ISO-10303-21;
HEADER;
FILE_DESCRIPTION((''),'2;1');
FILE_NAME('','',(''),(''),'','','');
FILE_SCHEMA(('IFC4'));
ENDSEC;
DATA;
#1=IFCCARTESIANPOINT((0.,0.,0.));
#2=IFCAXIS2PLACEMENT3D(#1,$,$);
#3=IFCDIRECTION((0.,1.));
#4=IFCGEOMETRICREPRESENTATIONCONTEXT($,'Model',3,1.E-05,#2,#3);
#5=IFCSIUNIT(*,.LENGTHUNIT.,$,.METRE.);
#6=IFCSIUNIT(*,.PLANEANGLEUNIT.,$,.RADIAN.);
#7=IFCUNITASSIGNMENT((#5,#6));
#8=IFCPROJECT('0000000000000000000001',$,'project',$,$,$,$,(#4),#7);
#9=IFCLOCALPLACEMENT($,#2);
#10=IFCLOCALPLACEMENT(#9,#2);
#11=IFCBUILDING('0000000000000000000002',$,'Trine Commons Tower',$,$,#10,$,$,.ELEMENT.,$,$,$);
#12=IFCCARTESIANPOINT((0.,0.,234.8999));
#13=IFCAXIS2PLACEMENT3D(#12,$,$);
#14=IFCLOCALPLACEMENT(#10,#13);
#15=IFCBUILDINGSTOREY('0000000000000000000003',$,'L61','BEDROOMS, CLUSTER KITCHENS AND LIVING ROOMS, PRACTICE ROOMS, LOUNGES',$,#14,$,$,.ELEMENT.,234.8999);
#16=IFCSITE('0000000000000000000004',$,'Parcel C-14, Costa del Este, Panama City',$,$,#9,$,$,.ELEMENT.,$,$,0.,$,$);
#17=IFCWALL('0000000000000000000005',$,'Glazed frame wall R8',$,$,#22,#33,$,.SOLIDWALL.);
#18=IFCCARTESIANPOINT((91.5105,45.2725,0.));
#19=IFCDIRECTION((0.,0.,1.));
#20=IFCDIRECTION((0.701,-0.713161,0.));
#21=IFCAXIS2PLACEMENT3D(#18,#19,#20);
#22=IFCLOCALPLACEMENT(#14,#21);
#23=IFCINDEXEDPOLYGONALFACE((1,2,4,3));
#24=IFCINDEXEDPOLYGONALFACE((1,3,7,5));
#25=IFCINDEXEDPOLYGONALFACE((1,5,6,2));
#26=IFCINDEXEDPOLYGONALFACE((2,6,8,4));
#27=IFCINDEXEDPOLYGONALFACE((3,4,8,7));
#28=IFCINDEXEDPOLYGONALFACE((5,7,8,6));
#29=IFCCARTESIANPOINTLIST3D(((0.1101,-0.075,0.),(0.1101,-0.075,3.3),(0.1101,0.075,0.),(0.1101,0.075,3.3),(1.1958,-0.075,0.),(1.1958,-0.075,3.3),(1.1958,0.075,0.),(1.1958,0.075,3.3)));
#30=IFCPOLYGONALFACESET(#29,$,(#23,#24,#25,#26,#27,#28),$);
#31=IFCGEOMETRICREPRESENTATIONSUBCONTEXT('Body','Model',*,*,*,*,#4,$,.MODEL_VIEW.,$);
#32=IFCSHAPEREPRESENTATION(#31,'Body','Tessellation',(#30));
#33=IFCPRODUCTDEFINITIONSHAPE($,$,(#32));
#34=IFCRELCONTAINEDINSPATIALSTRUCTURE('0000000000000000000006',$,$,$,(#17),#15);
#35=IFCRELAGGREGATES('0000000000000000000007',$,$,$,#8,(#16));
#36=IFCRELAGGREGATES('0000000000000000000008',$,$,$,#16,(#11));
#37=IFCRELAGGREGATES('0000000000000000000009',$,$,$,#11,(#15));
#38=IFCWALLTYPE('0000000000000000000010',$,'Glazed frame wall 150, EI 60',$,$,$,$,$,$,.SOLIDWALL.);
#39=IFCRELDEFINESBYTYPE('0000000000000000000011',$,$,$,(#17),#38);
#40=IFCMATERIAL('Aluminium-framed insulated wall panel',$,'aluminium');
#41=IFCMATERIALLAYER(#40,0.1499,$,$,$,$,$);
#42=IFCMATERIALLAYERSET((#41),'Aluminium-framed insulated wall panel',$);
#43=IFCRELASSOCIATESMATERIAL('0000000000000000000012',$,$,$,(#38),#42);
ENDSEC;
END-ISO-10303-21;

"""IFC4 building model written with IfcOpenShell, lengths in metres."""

from ifc_helpers import new_model, si_unit, direction, frame, origin, place, context, subcontext, project, spatial, polyline, outline, extrude, material, layer, layer_set, type_object, element, save


model = new_model("IFC4")

# Units and contexts
model_context = context("Model", 3, precision=1e-05, world=origin(), true_north=direction((0.0, 1.0)))
body_context = subcontext(model_context, "Body", "Model", "MODEL_VIEW")
ifc_project = project(units=[si_unit("LENGTHUNIT", "METRE"), si_unit("PLANEANGLEUNIT", "RADIAN")], contexts=[model_context])

# Site, building, storey
site_placement = place(None, origin())
site = spatial("IfcSite", under=ifc_project, at=site_placement, Name="Parcel C-14, Costa del Este, Panama City", CompositionType="ELEMENT", RefElevation=0.0)
building_placement = place(site_placement, origin())
building = spatial("IfcBuilding", under=site, at=building_placement, Name="Trine Commons Tower", CompositionType="ELEMENT")
storey_placement = place(building_placement, frame((0.0, 0.0, 234.8999)))
storey = spatial("IfcBuildingStorey", under=building, at=storey_placement, Name="L61", Description="BEDROOMS, CLUSTER KITCHENS AND LIVING ROOMS, PRACTICE ROOMS, LOUNGES", CompositionType="ELEMENT", Elevation=234.8999)

# Wall
ifc_material_1 = material(Name="Aluminium-framed insulated wall panel", Category="aluminium")
ifc_layer_1 = layer(ifc_material_1, 0.1499)
ifc_layer_set_1 = layer_set([ifc_layer_1], Name="Aluminium-framed insulated wall panel")
wall_type_1 = type_object("IfcWallType", Name="Glazed frame wall 150, EI 60", PredefinedType="SOLIDWALL", material=ifc_layer_set_1)
wall_1_placement = place(storey_placement, frame((91.5105, 45.2725, 0.0), z_axis=(0.0, 0.0, 1.0), x_axis=(0.701, -0.713161, 0.0)))
element("IfcWall", 1, at=wall_1_placement, inside=storey, type_object=wall_type_1, Name="Glazed frame wall R8", PredefinedType="SOLIDWALL", context=body_context, shape_type="SweptSolid", body=[
    extrude(outline(polyline([(0.1101, 0.075), (0.1101, -0.075), (1.1958, -0.075), (1.1958, 0.075), (0.1101, 0.075)])), origin(), (0.0, 0.0, 1.0), 3.3),
])

save(model, "model.ifc")
